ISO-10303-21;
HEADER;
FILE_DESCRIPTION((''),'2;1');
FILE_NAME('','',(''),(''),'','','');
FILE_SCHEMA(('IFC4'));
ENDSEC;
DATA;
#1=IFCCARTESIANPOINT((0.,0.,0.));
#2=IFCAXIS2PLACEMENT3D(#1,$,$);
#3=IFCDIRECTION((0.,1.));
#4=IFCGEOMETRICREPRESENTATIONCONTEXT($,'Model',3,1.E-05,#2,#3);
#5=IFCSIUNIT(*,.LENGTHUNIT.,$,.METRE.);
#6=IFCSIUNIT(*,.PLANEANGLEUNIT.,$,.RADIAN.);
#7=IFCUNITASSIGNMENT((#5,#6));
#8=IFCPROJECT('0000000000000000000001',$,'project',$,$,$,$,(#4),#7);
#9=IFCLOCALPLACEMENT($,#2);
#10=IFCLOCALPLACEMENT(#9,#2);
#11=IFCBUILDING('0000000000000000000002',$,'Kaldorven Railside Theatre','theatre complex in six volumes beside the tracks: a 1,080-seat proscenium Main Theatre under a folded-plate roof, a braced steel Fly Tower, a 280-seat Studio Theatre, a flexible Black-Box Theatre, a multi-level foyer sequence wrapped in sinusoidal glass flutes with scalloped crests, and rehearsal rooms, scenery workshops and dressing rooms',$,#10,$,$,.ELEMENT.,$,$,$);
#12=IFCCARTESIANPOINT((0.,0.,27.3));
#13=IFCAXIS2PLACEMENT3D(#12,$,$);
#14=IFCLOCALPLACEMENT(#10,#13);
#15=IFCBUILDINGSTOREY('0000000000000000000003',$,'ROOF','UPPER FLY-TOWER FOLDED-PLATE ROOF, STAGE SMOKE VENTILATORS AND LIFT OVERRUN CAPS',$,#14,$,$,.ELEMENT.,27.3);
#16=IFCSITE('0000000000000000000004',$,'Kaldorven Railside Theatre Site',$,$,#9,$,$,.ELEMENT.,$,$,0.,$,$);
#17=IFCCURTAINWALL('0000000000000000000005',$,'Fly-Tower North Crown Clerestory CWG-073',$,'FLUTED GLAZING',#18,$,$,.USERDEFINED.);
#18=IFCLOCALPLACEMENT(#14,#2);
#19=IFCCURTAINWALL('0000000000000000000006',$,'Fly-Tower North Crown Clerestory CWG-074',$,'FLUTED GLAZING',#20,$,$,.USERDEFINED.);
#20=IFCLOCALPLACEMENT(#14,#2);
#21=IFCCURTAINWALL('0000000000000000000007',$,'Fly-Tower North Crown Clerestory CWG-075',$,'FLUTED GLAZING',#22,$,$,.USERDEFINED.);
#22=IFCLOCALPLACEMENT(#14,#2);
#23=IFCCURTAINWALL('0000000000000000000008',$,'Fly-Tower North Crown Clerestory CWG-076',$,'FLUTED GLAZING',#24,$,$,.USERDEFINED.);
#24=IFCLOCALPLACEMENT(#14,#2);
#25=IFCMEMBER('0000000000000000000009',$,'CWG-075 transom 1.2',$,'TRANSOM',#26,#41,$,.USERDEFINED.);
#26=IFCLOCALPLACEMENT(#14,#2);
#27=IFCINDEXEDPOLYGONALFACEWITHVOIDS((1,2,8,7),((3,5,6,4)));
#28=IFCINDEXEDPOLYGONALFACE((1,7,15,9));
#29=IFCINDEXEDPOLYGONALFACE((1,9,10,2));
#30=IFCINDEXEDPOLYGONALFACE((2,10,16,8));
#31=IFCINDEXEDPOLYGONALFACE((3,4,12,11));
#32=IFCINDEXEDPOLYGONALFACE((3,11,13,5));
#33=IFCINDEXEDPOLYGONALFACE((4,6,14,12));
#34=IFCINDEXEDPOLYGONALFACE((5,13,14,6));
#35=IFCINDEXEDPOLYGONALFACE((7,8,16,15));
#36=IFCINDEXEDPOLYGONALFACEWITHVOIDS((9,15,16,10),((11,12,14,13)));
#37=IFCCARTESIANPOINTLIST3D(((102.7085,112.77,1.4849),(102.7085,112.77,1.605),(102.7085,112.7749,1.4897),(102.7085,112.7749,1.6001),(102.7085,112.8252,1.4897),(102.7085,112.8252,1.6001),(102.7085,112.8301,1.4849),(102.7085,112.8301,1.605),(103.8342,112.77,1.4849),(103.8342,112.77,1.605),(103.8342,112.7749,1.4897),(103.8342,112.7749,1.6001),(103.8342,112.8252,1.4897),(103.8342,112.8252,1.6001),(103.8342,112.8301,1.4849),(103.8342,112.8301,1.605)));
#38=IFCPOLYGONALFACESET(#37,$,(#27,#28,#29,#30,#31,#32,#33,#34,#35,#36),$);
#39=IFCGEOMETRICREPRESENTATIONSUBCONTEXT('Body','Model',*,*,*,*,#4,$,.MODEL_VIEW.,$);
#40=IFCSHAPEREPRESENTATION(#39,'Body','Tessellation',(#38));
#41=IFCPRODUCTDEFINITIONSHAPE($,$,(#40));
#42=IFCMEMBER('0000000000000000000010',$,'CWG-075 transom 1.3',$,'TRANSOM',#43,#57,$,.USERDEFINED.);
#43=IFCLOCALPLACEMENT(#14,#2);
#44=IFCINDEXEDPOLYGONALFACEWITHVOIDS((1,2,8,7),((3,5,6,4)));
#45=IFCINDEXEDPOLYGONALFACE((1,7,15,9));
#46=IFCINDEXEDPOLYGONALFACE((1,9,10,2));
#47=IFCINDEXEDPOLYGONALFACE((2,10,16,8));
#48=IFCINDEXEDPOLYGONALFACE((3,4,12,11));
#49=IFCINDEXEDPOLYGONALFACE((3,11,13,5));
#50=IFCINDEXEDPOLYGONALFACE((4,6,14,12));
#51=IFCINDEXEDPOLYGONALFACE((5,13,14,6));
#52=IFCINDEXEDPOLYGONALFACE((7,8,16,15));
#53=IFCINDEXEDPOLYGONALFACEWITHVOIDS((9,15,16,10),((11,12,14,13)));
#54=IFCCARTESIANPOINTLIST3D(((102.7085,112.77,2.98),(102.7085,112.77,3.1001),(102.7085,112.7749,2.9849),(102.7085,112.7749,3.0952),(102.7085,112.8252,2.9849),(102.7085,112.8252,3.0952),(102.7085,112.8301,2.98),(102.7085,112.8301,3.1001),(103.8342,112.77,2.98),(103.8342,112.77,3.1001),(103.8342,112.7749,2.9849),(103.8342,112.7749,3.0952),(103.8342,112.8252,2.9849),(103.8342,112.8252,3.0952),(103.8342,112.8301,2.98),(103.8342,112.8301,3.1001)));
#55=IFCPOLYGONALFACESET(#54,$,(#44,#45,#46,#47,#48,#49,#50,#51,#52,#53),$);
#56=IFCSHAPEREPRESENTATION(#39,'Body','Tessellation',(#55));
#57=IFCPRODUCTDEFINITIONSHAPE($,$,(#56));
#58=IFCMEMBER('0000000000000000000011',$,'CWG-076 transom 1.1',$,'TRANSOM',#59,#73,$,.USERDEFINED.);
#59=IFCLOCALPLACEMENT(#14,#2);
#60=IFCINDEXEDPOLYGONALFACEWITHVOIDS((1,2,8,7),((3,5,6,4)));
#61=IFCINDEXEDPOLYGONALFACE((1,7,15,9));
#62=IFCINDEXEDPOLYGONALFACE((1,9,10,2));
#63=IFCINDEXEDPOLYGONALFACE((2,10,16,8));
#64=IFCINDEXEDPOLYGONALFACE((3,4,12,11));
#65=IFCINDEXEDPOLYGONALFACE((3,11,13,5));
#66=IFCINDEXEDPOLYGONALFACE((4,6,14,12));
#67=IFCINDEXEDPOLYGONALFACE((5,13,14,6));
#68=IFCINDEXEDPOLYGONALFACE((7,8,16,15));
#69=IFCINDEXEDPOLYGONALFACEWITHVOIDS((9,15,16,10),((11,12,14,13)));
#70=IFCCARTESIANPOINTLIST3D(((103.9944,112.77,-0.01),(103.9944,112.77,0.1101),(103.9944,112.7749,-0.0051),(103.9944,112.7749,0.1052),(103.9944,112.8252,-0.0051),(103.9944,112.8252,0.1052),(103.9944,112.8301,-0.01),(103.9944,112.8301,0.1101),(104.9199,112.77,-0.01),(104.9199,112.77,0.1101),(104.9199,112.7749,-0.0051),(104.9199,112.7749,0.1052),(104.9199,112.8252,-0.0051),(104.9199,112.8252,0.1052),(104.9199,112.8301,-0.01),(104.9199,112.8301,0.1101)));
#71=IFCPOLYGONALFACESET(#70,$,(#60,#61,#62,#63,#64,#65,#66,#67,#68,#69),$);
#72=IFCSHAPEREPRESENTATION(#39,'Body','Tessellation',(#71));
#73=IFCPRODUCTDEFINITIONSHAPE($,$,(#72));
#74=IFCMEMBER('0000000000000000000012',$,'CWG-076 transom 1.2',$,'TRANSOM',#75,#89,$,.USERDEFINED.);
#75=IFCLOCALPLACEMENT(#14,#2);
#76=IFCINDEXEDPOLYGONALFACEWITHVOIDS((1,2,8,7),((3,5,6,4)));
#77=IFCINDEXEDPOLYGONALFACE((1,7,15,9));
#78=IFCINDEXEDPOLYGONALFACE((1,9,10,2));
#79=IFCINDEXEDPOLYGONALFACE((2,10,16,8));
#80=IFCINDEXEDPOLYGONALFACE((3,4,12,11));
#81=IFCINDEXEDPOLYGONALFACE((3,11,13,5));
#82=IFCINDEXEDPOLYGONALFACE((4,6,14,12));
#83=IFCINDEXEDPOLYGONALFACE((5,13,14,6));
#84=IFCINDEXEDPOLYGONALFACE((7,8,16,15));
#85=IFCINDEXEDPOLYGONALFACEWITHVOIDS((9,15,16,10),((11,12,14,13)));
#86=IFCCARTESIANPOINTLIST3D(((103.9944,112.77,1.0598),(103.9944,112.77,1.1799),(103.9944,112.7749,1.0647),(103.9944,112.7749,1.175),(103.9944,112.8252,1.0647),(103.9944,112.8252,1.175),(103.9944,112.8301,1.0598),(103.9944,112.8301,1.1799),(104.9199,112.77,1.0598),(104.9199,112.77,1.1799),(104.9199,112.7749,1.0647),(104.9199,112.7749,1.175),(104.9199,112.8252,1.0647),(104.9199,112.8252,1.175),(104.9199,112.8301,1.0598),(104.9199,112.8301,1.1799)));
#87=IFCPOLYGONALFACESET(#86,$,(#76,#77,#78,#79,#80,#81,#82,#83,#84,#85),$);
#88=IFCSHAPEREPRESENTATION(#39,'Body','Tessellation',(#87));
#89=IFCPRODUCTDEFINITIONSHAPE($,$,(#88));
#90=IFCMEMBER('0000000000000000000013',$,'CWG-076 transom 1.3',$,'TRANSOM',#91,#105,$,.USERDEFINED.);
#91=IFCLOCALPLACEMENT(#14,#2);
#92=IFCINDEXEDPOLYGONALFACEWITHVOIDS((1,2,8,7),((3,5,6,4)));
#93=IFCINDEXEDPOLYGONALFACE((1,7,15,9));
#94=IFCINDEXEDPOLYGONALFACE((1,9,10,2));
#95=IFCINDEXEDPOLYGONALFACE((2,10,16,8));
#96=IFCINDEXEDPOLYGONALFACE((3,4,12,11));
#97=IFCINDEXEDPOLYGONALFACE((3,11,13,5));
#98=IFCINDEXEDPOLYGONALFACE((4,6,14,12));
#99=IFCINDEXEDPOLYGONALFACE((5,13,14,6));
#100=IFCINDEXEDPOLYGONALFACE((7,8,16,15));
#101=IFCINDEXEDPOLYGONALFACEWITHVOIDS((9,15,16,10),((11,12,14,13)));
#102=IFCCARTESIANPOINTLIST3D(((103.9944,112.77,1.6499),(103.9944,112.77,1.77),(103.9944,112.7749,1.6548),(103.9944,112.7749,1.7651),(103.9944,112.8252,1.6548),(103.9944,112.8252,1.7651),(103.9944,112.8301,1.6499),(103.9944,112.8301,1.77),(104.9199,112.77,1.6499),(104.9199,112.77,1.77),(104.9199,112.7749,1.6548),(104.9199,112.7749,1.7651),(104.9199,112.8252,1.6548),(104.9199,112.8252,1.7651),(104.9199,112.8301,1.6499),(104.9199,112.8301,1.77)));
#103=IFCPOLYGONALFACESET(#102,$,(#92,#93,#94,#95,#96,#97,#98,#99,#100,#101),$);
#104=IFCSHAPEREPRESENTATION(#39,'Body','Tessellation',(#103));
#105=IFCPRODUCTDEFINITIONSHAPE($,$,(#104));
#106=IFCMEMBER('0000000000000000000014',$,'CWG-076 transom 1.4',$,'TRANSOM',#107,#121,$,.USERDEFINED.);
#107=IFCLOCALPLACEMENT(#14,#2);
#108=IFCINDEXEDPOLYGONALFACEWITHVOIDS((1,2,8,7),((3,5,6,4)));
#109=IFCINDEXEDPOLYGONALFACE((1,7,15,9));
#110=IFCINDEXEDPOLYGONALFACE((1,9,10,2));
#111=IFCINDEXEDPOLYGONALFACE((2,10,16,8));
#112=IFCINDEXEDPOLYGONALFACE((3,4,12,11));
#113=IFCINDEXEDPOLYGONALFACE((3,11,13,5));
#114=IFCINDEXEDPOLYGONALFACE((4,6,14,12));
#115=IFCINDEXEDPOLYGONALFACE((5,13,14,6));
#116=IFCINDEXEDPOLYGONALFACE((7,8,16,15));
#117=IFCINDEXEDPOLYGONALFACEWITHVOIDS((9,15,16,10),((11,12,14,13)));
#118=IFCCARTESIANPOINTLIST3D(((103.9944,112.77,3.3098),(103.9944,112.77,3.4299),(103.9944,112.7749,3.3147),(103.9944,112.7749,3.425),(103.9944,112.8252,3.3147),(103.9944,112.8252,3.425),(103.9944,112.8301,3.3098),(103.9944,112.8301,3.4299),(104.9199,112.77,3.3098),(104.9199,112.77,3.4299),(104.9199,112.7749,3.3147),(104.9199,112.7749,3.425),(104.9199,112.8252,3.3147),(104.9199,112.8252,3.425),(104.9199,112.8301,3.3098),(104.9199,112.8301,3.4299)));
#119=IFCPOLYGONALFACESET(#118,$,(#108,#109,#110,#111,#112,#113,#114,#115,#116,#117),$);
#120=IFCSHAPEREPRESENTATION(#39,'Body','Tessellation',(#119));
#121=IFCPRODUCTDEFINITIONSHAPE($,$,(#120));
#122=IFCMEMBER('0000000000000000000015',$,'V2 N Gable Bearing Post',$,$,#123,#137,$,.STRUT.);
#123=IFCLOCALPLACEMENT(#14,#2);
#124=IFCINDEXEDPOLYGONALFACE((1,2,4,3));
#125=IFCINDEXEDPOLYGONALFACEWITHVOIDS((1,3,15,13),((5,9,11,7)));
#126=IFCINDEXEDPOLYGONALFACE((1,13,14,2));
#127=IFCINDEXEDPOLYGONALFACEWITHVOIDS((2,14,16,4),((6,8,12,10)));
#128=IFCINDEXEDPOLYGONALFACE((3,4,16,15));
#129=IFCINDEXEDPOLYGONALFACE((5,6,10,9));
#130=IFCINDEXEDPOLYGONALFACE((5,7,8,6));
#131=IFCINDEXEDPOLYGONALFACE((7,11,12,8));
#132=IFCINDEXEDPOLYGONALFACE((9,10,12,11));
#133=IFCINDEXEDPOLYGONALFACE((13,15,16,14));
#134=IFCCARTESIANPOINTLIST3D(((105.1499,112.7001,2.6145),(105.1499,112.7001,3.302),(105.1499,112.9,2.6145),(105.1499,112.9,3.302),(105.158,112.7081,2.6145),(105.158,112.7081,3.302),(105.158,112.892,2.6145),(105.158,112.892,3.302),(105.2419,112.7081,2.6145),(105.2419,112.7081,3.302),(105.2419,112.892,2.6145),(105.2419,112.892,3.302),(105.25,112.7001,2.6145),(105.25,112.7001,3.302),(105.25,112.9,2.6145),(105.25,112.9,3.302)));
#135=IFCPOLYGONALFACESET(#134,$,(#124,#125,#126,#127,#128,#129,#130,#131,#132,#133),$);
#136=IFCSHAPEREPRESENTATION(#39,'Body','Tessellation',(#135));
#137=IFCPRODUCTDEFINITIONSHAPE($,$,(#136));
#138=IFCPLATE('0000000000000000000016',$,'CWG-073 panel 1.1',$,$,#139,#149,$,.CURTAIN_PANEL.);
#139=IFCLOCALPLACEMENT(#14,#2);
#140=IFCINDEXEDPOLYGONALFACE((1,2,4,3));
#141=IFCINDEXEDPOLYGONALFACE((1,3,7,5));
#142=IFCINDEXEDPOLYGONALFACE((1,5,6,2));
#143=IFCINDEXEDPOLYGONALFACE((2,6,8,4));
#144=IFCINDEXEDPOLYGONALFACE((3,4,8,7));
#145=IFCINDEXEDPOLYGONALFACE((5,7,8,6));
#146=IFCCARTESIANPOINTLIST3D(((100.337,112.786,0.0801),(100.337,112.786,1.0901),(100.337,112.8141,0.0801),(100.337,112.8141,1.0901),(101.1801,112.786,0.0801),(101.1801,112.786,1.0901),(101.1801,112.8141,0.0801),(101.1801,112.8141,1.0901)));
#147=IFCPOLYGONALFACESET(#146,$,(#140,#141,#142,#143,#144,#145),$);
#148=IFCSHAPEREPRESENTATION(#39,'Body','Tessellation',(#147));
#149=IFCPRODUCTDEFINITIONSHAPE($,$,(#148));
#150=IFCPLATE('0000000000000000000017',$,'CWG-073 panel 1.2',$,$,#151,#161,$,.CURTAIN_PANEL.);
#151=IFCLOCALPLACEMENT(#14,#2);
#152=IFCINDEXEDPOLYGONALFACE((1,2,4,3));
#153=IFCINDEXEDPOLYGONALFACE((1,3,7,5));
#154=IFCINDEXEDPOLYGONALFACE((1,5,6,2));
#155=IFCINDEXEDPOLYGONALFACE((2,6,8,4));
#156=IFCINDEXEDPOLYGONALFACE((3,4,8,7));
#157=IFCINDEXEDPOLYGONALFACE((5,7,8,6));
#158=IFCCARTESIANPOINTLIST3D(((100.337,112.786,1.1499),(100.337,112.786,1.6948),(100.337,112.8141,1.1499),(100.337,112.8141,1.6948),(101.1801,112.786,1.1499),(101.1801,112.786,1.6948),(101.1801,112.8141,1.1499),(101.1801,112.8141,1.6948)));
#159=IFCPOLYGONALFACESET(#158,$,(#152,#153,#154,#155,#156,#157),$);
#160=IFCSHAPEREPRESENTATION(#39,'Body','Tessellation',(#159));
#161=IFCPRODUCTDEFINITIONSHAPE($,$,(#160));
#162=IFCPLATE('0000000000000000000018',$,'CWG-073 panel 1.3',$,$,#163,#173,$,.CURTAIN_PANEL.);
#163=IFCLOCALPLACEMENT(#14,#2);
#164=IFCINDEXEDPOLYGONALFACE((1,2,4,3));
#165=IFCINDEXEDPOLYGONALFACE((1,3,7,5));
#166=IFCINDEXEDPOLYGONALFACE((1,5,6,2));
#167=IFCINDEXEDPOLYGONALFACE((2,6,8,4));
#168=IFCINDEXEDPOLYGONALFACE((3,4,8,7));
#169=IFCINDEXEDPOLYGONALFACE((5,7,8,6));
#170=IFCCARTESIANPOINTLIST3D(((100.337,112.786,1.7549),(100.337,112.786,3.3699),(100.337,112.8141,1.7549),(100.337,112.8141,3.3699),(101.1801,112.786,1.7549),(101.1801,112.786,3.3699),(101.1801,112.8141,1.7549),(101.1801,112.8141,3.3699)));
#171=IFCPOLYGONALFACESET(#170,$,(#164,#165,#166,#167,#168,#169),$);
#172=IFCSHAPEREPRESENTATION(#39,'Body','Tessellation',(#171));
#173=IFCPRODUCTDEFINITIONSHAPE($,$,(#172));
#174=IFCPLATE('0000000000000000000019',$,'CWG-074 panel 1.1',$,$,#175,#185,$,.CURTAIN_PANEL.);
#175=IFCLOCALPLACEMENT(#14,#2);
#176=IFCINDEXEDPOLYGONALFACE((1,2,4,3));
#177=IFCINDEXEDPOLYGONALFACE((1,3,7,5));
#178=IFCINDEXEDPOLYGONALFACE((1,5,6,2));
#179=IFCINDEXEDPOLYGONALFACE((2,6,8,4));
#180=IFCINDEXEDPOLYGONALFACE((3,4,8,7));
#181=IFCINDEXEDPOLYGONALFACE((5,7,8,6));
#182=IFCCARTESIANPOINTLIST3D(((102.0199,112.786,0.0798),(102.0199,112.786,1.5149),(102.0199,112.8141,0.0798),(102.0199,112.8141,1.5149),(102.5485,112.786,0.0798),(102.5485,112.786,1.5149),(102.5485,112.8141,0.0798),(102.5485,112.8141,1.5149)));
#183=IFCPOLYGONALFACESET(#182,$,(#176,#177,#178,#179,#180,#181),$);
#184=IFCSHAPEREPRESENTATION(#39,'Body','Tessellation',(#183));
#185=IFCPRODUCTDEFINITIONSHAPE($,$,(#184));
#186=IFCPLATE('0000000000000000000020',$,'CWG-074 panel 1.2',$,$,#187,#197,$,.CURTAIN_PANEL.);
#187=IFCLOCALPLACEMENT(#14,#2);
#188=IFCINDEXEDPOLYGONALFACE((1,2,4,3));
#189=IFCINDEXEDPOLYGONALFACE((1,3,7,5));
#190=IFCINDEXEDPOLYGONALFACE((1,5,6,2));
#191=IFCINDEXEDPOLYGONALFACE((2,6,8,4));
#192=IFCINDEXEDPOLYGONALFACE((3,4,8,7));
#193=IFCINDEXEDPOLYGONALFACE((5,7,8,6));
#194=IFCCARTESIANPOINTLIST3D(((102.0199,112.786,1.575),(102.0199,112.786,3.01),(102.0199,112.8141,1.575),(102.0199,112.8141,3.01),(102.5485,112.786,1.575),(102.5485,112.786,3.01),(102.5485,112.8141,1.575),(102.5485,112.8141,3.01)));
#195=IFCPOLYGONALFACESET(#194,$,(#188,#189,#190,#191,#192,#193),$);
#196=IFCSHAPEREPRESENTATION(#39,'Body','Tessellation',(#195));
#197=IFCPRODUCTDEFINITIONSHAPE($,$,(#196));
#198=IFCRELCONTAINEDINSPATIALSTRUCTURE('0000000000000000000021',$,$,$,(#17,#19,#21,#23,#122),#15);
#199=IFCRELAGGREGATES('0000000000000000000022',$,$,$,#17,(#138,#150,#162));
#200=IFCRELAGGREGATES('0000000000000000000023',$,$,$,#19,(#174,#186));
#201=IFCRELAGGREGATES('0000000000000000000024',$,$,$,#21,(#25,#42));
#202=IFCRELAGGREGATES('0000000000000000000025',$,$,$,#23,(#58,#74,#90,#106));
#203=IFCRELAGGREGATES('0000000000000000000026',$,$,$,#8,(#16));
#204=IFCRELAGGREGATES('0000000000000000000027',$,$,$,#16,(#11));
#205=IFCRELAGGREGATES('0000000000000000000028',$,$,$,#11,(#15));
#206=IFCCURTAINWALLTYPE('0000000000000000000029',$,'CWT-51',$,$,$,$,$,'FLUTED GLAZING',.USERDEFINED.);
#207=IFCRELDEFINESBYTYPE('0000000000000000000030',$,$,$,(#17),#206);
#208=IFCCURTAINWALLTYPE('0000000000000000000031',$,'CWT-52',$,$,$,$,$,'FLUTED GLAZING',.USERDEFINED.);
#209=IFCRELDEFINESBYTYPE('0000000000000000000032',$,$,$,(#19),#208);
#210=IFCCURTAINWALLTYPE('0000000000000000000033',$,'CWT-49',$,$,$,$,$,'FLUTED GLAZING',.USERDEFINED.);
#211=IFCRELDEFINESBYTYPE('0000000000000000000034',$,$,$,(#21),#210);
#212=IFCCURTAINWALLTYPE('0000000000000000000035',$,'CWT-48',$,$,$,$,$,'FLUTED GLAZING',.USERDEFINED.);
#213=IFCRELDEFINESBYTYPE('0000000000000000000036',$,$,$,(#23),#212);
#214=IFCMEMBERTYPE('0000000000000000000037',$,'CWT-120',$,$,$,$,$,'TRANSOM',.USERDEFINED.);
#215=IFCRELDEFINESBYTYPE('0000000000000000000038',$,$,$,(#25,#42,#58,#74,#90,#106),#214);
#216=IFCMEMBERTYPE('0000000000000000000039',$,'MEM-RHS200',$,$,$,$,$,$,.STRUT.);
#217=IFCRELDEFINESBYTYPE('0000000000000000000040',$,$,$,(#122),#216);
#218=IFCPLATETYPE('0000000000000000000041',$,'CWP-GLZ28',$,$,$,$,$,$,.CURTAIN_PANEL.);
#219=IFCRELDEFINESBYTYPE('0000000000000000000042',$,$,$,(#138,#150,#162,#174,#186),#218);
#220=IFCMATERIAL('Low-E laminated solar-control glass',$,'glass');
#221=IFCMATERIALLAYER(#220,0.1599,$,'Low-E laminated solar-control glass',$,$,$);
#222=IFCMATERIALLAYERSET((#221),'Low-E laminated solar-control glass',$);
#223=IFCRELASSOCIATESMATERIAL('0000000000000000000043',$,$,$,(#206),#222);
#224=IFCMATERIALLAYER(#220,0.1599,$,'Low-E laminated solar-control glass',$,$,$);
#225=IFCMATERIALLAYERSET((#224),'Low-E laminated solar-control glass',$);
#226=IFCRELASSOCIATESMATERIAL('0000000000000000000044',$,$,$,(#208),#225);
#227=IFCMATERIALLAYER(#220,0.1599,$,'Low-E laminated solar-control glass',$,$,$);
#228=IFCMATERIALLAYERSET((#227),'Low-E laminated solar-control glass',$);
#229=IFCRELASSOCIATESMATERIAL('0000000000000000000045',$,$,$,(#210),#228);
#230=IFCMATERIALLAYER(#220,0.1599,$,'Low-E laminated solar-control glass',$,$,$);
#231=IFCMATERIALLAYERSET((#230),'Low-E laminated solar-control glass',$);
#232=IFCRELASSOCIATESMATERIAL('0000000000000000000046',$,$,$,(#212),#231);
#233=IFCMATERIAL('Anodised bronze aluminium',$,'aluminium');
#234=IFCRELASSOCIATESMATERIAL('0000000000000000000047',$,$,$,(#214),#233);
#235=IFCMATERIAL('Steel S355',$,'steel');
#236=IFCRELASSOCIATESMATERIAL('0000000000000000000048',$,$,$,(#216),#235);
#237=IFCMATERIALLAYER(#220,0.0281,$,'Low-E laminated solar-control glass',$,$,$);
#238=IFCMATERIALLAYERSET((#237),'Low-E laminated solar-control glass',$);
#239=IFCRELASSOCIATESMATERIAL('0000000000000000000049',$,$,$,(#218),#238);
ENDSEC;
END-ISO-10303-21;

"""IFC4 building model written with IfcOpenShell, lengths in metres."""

from ifc_helpers import new_model, si_unit, direction, frame, origin, origin_2d, place, context, subcontext, project, spatial, rectangle, hollow_rectangle, extrude, material, layer, layer_set, material_profile, profile_set, type_object, element, aggregate, save


model = new_model("IFC4")

# Units and contexts
model_context = context("Model", 3, precision=1e-05, world=origin(), true_north=direction((0.0, 1.0)))
body_context = subcontext(model_context, "Body", "Model", "MODEL_VIEW")
ifc_project = project(units=[si_unit("LENGTHUNIT", "METRE"), si_unit("PLANEANGLEUNIT", "RADIAN")], contexts=[model_context])

# Site, building, storey
site_placement = place(None, origin())
site = spatial("IfcSite", under=ifc_project, at=site_placement, Name="Kaldorven Railside Theatre Site", CompositionType="ELEMENT", RefElevation=0.0)
building_placement = place(site_placement, origin())
building = spatial("IfcBuilding", under=site, at=building_placement, Name="Kaldorven Railside Theatre", Description="theatre complex in six volumes beside the tracks: a 1,080-seat proscenium Main Theatre under a folded-plate roof, a braced steel Fly Tower, a 280-seat Studio Theatre, a flexible Black-Box Theatre, a multi-level foyer sequence wrapped in sinusoidal glass flutes with scalloped crests, and rehearsal rooms, scenery workshops and dressing rooms", CompositionType="ELEMENT")
storey_placement = place(building_placement, frame((0.0, 0.0, 27.3)))
storey = spatial("IfcBuildingStorey", under=building, at=storey_placement, Name="ROOF", Description="UPPER FLY-TOWER FOLDED-PLATE ROOF, STAGE SMOKE VENTILATORS AND LIFT OVERRUN CAPS", CompositionType="ELEMENT", Elevation=27.3)

# Curtain wall
ifc_material_1 = material(Name="Low-E laminated solar-control glass", Category="glass")
ifc_layer_1 = layer(ifc_material_1, 0.1599, Name="Low-E laminated solar-control glass")
ifc_layer_set_1 = layer_set([ifc_layer_1], Name="Low-E laminated solar-control glass")
curtain_wall_type_1 = type_object("IfcCurtainWallType", Name="CWT-51", ElementType="FLUTED GLAZING", PredefinedType="USERDEFINED", material=ifc_layer_set_1)
curtain_wall_1_placement = place(storey_placement, origin())
curtain_wall_1 = element("IfcCurtainWall", 1, at=curtain_wall_1_placement, inside=storey, type_object=curtain_wall_type_1, Name="Fly-Tower North Crown Clerestory CWG-073", ObjectType="FLUTED GLAZING", PredefinedType="USERDEFINED")
ifc_material_2 = material(Name="Anodised bronze aluminium", Category="aluminium")

# Curtain walls
ifc_layer_2 = layer(ifc_material_1, 0.1599, Name="Low-E laminated solar-control glass")
ifc_layer_set_2 = layer_set([ifc_layer_2], Name="Low-E laminated solar-control glass")
curtain_wall_type_2 = type_object("IfcCurtainWallType", Name="CWT-52", ElementType="FLUTED GLAZING", PredefinedType="USERDEFINED", material=ifc_layer_set_2)
curtain_wall_2_placement = place(storey_placement, origin())
curtain_wall_2 = element("IfcCurtainWall", 2, at=curtain_wall_2_placement, inside=storey, type_object=curtain_wall_type_2, Name="Fly-Tower North Crown Clerestory CWG-074", ObjectType="FLUTED GLAZING", PredefinedType="USERDEFINED")
ifc_layer_3 = layer(ifc_material_1, 0.1599, Name="Low-E laminated solar-control glass")
ifc_layer_set_3 = layer_set([ifc_layer_3], Name="Low-E laminated solar-control glass")
curtain_wall_type_3 = type_object("IfcCurtainWallType", Name="CWT-49", ElementType="FLUTED GLAZING", PredefinedType="USERDEFINED", material=ifc_layer_set_3)
curtain_wall_3_placement = place(storey_placement, origin())
curtain_wall_3 = element("IfcCurtainWall", 3, at=curtain_wall_3_placement, inside=storey, type_object=curtain_wall_type_3, Name="Fly-Tower North Crown Clerestory CWG-075", ObjectType="FLUTED GLAZING", PredefinedType="USERDEFINED")
ifc_layer_4 = layer(ifc_material_1, 0.1599, Name="Low-E laminated solar-control glass")
ifc_layer_set_4 = layer_set([ifc_layer_4], Name="Low-E laminated solar-control glass")
curtain_wall_type_4 = type_object("IfcCurtainWallType", Name="CWT-48", ElementType="FLUTED GLAZING", PredefinedType="USERDEFINED", material=ifc_layer_set_4)
curtain_wall_4_placement = place(storey_placement, origin())
curtain_wall_4 = element("IfcCurtainWall", 4, at=curtain_wall_4_placement, inside=storey, type_object=curtain_wall_type_4, Name="Fly-Tower North Crown Clerestory CWG-076", ObjectType="FLUTED GLAZING", PredefinedType="USERDEFINED")

# Members
ifc_material_profile_1 = material_profile(ifc_material_2, hollow_rectangle(XDim=0.0601, YDim=0.1201, WallThickness=0.0049, at=origin_2d()), Name="RHS 120x60x5")
ifc_profile_set_1 = profile_set([ifc_material_profile_1], Name="Anodised bronze aluminium")
member_type_1 = type_object("IfcMemberType", Name="CWT-120", ElementType="TRANSOM", PredefinedType="USERDEFINED", material=ifc_profile_set_1)
member_1_placement = place(storey_placement, frame((102.7085, 112.8, 1.5449), z_axis=(1.0, 0.0, 0.0), x_axis=(0.0, 1.0, 0.0)))
member_1 = element("IfcMember", 5, at=member_1_placement, type_object=member_type_1, Name="CWG-075 transom 1.2", ObjectType="TRANSOM", PredefinedType="USERDEFINED", context=body_context, shape_type="SweptSolid", body=[
    extrude(hollow_rectangle(XDim=0.0601, YDim=0.1201, WallThickness=0.0049, at=origin_2d()), origin(), (0.0, 0.0, 1.0), 1.1257),
])
member_2_placement = place(storey_placement, frame((102.7085, 112.8, 3.04), z_axis=(1.0, 0.0, 0.0), x_axis=(0.0, 1.0, 0.0)))
member_2 = element("IfcMember", 6, at=member_2_placement, type_object=member_type_1, Name="CWG-075 transom 1.3", ObjectType="TRANSOM", PredefinedType="USERDEFINED", context=body_context, shape_type="SweptSolid", body=[
    extrude(hollow_rectangle(XDim=0.0601, YDim=0.1201, WallThickness=0.0049, at=origin_2d()), origin(), (0.0, 0.0, 1.0), 1.1257),
])
member_3_placement = place(storey_placement, frame((103.9944, 112.8, 0.05), z_axis=(1.0, 0.0, 0.0), x_axis=(0.0, 1.0, 0.0)))
member_3 = element("IfcMember", 7, at=member_3_placement, type_object=member_type_1, Name="CWG-076 transom 1.1", ObjectType="TRANSOM", PredefinedType="USERDEFINED", context=body_context, shape_type="SweptSolid", body=[
    extrude(hollow_rectangle(XDim=0.0601, YDim=0.1201, WallThickness=0.0049, at=origin_2d()), origin(), (0.0, 0.0, 1.0), 0.9255),
])
member_4_placement = place(storey_placement, frame((103.9944, 112.8, 1.1199), z_axis=(1.0, 0.0, 0.0), x_axis=(0.0, 1.0, 0.0)))
member_4 = element("IfcMember", 8, at=member_4_placement, type_object=member_type_1, Name="CWG-076 transom 1.2", ObjectType="TRANSOM", PredefinedType="USERDEFINED", context=body_context, shape_type="SweptSolid", body=[
    extrude(hollow_rectangle(XDim=0.0601, YDim=0.1201, WallThickness=0.0049, at=origin_2d()), origin(), (0.0, 0.0, 1.0), 0.9255),
])
member_5_placement = place(storey_placement, frame((103.9944, 112.8, 1.71), z_axis=(1.0, 0.0, 0.0), x_axis=(0.0, 1.0, 0.0)))
member_5 = element("IfcMember", 9, at=member_5_placement, type_object=member_type_1, Name="CWG-076 transom 1.3", ObjectType="TRANSOM", PredefinedType="USERDEFINED", context=body_context, shape_type="SweptSolid", body=[
    extrude(hollow_rectangle(XDim=0.0601, YDim=0.1201, WallThickness=0.0049, at=origin_2d()), origin(), (0.0, 0.0, 1.0), 0.9255),
])
member_6_placement = place(storey_placement, frame((103.9944, 112.8, 3.3699), z_axis=(1.0, 0.0, 0.0), x_axis=(0.0, 1.0, 0.0)))
member_6 = element("IfcMember", 10, at=member_6_placement, type_object=member_type_1, Name="CWG-076 transom 1.4", ObjectType="TRANSOM", PredefinedType="USERDEFINED", context=body_context, shape_type="SweptSolid", body=[
    extrude(hollow_rectangle(XDim=0.0601, YDim=0.1201, WallThickness=0.0049, at=origin_2d()), origin(), (0.0, 0.0, 1.0), 0.9255),
])
ifc_material_3 = material(Name="Steel S355", Category="steel")
ifc_material_profile_2 = material_profile(ifc_material_3, hollow_rectangle(XDim=0.1001, YDim=0.2, WallThickness=0.0081, at=origin_2d()), Name="RHS 200x100x8")
ifc_profile_set_2 = profile_set([ifc_material_profile_2], Name="Steel S355")
member_type_2 = type_object("IfcMemberType", Name="MEM-RHS200", PredefinedType="STRUT", material=ifc_profile_set_2)
member_7_placement = place(storey_placement, frame((105.2, 112.8, 2.6145), z_axis=(0.0, 0.0, 1.0), x_axis=(1.0, 0.0, 0.0)))
element("IfcMember", 11, at=member_7_placement, inside=storey, type_object=member_type_2, Name="V2 N Gable Bearing Post", PredefinedType="STRUT", context=body_context, shape_type="SweptSolid", body=[
    extrude(hollow_rectangle(XDim=0.1001, YDim=0.2, WallThickness=0.0081, at=origin_2d()), origin(), (0.0, 0.0, 1.0), 0.6875),
])

# Plates
ifc_layer_5 = layer(ifc_material_1, 0.0281, Name="Low-E laminated solar-control glass")
ifc_layer_set_5 = layer_set([ifc_layer_5], Name="Low-E laminated solar-control glass")
plate_type_1 = type_object("IfcPlateType", Name="CWP-GLZ28", PredefinedType="CURTAIN_PANEL", material=ifc_layer_set_5)
plate_1_placement = place(storey_placement, frame((100.7585, 112.8, 0.0801), z_axis=(0.0, 0.0, 1.0), x_axis=(1.0, 0.0, 0.0)))
plate_1 = element("IfcPlate", 12, at=plate_1_placement, type_object=plate_type_1, Name="CWG-073 panel 1.1", PredefinedType="CURTAIN_PANEL", context=body_context, shape_type="SweptSolid", body=[
    extrude(rectangle(XDim=0.843, YDim=0.0281, at=origin_2d()), origin(), (0.0, 0.0, 1.0), 1.01),
])
plate_2_placement = place(storey_placement, frame((100.7585, 112.8, 1.1499), z_axis=(0.0, 0.0, 1.0), x_axis=(1.0, 0.0, 0.0)))
plate_2 = element("IfcPlate", 13, at=plate_2_placement, type_object=plate_type_1, Name="CWG-073 panel 1.2", PredefinedType="CURTAIN_PANEL", context=body_context, shape_type="SweptSolid", body=[
    extrude(rectangle(XDim=0.843, YDim=0.0281, at=origin_2d()), origin(), (0.0, 0.0, 1.0), 0.5449),
])
plate_3_placement = place(storey_placement, frame((100.7585, 112.8, 1.7549), z_axis=(0.0, 0.0, 1.0), x_axis=(1.0, 0.0, 0.0)))
plate_3 = element("IfcPlate", 14, at=plate_3_placement, type_object=plate_type_1, Name="CWG-073 panel 1.3", PredefinedType="CURTAIN_PANEL", context=body_context, shape_type="SweptSolid", body=[
    extrude(rectangle(XDim=0.843, YDim=0.0281, at=origin_2d()), origin(), (0.0, 0.0, 1.0), 1.615),
])
aggregate(curtain_wall_1, [plate_1, plate_2, plate_3])
plate_4_placement = place(storey_placement, frame((102.2842, 112.8, 0.0798), z_axis=(0.0, 0.0, 1.0), x_axis=(1.0, 0.0, 0.0)))
plate_4 = element("IfcPlate", 15, at=plate_4_placement, type_object=plate_type_1, Name="CWG-074 panel 1.1", PredefinedType="CURTAIN_PANEL", context=body_context, shape_type="SweptSolid", body=[
    extrude(rectangle(XDim=0.5286, YDim=0.0281, at=origin_2d()), origin(), (0.0, 0.0, 1.0), 1.4351),
])
plate_5_placement = place(storey_placement, frame((102.2842, 112.8, 1.575), z_axis=(0.0, 0.0, 1.0), x_axis=(1.0, 0.0, 0.0)))
plate_5 = element("IfcPlate", 16, at=plate_5_placement, type_object=plate_type_1, Name="CWG-074 panel 1.2", PredefinedType="CURTAIN_PANEL", context=body_context, shape_type="SweptSolid", body=[
    extrude(rectangle(XDim=0.5286, YDim=0.0281, at=origin_2d()), origin(), (0.0, 0.0, 1.0), 1.4351),
])
aggregate(curtain_wall_2, [plate_4, plate_5])
aggregate(curtain_wall_3, [member_1, member_2])
aggregate(curtain_wall_4, [member_3, member_4, member_5, member_6])

save(model, "model.ifc")
